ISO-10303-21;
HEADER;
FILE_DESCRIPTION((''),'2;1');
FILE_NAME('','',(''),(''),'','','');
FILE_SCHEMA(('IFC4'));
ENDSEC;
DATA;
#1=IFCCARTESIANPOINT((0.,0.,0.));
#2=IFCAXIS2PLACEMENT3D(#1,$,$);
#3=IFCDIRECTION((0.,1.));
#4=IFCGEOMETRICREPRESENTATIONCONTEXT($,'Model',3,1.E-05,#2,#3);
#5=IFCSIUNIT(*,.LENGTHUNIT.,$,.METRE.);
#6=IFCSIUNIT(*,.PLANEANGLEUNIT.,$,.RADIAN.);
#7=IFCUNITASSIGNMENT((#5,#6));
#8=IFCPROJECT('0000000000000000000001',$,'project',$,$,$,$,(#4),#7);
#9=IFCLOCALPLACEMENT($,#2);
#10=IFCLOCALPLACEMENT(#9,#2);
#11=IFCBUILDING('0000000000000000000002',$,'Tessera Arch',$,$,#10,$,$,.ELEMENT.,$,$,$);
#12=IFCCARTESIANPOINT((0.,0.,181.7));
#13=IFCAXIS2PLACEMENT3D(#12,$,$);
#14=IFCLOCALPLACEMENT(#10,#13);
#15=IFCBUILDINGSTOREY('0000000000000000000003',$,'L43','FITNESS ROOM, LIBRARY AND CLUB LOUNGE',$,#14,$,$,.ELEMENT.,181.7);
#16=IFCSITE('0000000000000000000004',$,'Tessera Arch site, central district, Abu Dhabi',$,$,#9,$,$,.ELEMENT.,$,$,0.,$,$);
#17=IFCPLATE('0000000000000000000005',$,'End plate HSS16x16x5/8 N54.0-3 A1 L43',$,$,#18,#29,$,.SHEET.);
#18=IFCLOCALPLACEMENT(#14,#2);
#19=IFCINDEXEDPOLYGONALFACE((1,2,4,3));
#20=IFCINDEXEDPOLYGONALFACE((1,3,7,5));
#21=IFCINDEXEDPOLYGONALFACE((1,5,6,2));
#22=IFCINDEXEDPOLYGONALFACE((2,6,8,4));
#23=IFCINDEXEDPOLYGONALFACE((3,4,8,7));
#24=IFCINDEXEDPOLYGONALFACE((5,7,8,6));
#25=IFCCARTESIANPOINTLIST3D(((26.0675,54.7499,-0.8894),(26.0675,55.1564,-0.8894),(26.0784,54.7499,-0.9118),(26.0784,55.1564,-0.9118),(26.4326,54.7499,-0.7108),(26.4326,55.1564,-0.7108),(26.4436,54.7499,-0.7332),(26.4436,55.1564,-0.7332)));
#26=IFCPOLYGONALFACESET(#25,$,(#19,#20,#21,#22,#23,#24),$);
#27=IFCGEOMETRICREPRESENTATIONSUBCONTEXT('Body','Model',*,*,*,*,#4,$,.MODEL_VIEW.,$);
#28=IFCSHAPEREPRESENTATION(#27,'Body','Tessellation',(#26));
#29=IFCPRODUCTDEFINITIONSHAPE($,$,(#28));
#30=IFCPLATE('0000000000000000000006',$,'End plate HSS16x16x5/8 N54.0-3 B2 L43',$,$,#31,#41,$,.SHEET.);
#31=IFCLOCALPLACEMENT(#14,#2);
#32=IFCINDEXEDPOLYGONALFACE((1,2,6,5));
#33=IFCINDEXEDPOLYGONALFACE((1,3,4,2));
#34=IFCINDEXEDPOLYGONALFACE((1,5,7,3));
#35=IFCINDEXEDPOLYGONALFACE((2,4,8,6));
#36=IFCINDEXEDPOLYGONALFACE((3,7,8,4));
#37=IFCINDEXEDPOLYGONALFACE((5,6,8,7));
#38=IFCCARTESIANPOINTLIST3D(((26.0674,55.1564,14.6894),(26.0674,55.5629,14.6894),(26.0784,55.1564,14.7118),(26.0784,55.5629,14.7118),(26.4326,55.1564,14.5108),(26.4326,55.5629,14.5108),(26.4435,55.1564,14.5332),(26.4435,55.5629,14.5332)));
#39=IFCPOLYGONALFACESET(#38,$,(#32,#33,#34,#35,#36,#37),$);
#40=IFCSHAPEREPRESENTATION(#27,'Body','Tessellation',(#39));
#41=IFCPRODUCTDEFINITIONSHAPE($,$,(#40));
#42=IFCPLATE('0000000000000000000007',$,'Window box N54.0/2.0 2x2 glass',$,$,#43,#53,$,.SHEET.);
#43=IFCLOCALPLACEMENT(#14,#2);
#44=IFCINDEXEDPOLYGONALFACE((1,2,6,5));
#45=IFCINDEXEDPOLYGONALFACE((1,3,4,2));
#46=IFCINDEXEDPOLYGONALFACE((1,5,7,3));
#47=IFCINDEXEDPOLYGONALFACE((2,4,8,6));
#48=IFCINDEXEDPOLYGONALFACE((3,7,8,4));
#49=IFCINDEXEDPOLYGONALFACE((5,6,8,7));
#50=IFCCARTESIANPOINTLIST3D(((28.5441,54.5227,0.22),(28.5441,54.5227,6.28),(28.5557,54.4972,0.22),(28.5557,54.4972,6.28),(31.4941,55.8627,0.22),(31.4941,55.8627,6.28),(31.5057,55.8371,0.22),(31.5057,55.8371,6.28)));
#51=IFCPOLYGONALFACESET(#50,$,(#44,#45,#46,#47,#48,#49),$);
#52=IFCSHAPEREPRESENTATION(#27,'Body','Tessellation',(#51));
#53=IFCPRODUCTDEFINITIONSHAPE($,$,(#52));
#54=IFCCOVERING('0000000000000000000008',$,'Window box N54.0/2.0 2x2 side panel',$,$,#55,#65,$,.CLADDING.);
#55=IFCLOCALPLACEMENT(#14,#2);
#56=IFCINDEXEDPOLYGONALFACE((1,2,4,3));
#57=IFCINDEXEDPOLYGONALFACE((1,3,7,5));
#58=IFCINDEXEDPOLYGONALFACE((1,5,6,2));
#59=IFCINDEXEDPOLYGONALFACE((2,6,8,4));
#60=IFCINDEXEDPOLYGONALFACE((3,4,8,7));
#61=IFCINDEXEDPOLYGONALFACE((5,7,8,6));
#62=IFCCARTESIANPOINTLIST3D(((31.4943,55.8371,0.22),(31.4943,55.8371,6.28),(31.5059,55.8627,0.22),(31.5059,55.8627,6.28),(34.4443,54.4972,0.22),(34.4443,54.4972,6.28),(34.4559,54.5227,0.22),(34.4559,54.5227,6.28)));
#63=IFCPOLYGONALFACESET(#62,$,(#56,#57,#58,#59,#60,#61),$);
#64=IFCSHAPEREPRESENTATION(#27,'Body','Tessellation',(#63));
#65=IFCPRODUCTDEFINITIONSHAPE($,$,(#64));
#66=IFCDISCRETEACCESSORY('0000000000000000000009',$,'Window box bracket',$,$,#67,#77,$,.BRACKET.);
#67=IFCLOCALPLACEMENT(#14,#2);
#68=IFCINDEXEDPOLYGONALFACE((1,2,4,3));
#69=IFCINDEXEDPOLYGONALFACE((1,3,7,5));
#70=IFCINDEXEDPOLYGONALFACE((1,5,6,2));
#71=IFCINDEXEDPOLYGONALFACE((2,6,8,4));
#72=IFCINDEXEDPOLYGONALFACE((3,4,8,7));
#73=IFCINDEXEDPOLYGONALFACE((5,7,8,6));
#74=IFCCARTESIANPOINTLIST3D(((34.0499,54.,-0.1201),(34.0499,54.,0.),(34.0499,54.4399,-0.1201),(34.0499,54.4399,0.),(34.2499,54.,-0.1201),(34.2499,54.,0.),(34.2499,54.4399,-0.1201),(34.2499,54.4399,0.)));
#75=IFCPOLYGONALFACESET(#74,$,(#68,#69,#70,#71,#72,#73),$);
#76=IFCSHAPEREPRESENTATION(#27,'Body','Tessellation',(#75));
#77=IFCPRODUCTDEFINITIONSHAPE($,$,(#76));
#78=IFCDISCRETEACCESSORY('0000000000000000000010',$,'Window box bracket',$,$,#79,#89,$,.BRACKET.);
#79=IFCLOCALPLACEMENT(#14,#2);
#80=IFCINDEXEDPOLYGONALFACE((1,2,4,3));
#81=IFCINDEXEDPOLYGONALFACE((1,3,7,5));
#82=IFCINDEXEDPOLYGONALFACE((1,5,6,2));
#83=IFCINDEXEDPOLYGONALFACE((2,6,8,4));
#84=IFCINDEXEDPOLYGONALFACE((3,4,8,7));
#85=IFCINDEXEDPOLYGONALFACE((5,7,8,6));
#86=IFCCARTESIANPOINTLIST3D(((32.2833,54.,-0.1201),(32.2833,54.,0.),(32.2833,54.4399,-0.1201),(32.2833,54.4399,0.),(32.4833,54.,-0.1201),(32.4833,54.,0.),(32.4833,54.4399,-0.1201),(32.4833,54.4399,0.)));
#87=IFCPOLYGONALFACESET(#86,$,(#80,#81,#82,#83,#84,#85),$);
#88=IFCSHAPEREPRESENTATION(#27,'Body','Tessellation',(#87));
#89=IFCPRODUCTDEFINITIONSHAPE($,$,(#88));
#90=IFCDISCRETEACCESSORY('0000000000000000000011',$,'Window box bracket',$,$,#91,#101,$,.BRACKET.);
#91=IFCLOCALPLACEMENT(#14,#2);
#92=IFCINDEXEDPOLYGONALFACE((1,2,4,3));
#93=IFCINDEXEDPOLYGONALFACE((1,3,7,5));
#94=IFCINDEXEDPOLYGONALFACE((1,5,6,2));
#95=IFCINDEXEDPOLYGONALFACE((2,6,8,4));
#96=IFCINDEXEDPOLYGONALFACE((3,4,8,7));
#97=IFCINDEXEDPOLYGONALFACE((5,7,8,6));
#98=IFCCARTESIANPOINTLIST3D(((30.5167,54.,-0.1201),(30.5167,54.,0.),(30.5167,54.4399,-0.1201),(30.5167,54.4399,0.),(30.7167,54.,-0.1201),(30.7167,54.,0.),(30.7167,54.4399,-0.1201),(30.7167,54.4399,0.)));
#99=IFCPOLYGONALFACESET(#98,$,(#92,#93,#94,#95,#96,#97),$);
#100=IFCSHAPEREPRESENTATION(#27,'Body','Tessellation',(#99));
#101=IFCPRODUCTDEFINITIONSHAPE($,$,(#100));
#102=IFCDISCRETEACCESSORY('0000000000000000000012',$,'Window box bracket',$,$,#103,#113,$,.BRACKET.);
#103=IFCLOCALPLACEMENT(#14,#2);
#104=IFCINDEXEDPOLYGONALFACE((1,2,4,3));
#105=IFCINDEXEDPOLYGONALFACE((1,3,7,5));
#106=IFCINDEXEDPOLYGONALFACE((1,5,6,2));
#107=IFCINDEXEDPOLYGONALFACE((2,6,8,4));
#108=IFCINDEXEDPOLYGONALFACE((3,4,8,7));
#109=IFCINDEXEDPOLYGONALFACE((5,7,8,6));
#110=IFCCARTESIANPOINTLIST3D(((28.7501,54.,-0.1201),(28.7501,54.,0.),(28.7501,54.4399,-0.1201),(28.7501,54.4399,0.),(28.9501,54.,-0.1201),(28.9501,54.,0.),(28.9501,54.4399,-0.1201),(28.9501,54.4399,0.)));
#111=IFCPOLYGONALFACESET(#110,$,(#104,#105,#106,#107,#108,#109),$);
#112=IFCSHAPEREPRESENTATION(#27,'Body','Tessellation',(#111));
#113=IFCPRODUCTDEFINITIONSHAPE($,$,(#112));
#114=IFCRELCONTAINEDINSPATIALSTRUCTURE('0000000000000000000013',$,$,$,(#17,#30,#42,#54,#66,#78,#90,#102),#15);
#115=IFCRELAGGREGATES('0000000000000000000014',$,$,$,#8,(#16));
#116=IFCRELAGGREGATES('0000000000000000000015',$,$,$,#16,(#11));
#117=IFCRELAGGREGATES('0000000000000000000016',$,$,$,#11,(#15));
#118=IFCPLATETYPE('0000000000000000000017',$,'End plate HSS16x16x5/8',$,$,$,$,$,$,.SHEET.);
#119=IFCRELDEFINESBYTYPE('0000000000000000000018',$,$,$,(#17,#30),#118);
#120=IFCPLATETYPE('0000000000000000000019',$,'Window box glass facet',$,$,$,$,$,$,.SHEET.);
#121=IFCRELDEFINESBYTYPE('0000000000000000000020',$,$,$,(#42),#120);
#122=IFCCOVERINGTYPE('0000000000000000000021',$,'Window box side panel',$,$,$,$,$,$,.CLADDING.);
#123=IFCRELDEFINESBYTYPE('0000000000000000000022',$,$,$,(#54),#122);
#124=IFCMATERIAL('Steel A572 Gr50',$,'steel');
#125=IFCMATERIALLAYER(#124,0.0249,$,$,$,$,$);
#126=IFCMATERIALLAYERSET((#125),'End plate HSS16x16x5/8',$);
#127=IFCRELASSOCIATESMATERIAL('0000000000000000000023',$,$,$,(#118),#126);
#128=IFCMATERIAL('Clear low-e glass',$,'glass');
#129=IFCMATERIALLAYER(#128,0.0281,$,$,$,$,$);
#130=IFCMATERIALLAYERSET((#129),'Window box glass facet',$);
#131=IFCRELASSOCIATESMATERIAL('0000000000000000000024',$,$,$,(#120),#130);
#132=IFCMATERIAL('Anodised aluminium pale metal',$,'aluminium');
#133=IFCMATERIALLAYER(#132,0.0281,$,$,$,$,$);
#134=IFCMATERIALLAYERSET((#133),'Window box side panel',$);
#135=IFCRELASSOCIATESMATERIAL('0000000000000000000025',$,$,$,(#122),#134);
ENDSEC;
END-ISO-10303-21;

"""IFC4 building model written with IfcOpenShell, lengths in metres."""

from ifc_helpers import new_model, si_unit, direction, frame, origin, origin_2d, place, context, subcontext, project, spatial, rectangle, extrude, material, layer, layer_set, type_object, element, save


model = new_model("IFC4")

# Units and contexts
model_context = context("Model", 3, precision=1e-05, world=origin(), true_north=direction((0.0, 1.0)))
body_context = subcontext(model_context, "Body", "Model", "MODEL_VIEW")
ifc_project = project(units=[si_unit("LENGTHUNIT", "METRE"), si_unit("PLANEANGLEUNIT", "RADIAN")], contexts=[model_context])

# Site, building, storey
site_placement = place(None, origin())
site = spatial("IfcSite", under=ifc_project, at=site_placement, Name="Tessera Arch site, central district, Abu Dhabi", CompositionType="ELEMENT", RefElevation=0.0)
building_placement = place(site_placement, origin())
building = spatial("IfcBuilding", under=site, at=building_placement, Name="Tessera Arch", CompositionType="ELEMENT")
storey_placement = place(building_placement, frame((0.0, 0.0, 181.7)))
storey = spatial("IfcBuildingStorey", under=building, at=storey_placement, Name="L43", Description="FITNESS ROOM, LIBRARY AND CLUB LOUNGE", CompositionType="ELEMENT", Elevation=181.7)

# Plates
ifc_material_1 = material(Name="Steel A572 Gr50", Category="steel")
ifc_layer_1 = layer(ifc_material_1, 0.0249)
ifc_layer_set_1 = layer_set([ifc_layer_1], Name="End plate HSS16x16x5/8")
plate_type_1 = type_object("IfcPlateType", Name="End plate HSS16x16x5/8", PredefinedType="SHEET", material=ifc_layer_set_1)
for number, where, z_axis, x_axis, name in (
    (1, (26.261, 54.9531, -0.8225), (-0.439385, 0.0, 0.898299), (0.0, -1.0, 0.0), "End plate HSS16x16x5/8 N54.0-3 A1 L43"),
    (2, (26.25, 55.3596, 14.6001), (0.439385, 0.0, 0.898299), (0.0, 1.0, 0.0), "End plate HSS16x16x5/8 N54.0-3 B2 L43"),
):
    element("IfcPlate", number, at=place(storey_placement, frame(where, z_axis=z_axis, x_axis=x_axis)), inside=storey, type_object=plate_type_1, Name=name, PredefinedType="SHEET", context=body_context, shape_type="SweptSolid", body=[
        extrude(rectangle(XDim=0.4065, YDim=0.4065, at=origin_2d()), origin(), (0.0, 0.0, 1.0), 0.0249),
    ])
ifc_material_2 = material(Name="Clear low-e glass", Category="glass")
ifc_layer_2 = layer(ifc_material_2, 0.0281)
ifc_layer_set_2 = layer_set([ifc_layer_2], Name="Window box glass facet")
plate_type_2 = type_object("IfcPlateType", Name="Window box glass facet", PredefinedType="SHEET", material=ifc_layer_set_2)
plate_1_placement = place(storey_placement, frame((30.0249, 55.1799, 0.22), z_axis=(0.0, 0.0, 1.0), x_axis=(0.910472, 0.41357, 0.0)))
element("IfcPlate", 3, at=plate_1_placement, inside=storey, type_object=plate_type_2, Name="Window box N54.0/2.0 2x2 glass", PredefinedType="SHEET", context=body_context, shape_type="SweptSolid", body=[
    extrude(rectangle(XDim=3.24, YDim=0.0281, at=origin_2d()), origin(), (0.0, 0.0, 1.0), 6.0601),
])

# Covering
ifc_material_3 = material(Name="Anodised aluminium pale metal", Category="aluminium")
ifc_layer_3 = layer(ifc_material_3, 0.0281)
ifc_layer_set_3 = layer_set([ifc_layer_3], Name="Window box side panel")
covering_type = type_object("IfcCoveringType", Name="Window box side panel", PredefinedType="CLADDING", material=ifc_layer_set_3)
covering_placement = place(storey_placement, frame((32.9751, 55.1799, 0.22), z_axis=(0.0, 0.0, 1.0), x_axis=(-0.910472, 0.41357, 0.0)))
element("IfcCovering", 4, at=covering_placement, inside=storey, type_object=covering_type, Name="Window box N54.0/2.0 2x2 side panel", PredefinedType="CLADDING", context=body_context, shape_type="SweptSolid", body=[
    extrude(rectangle(XDim=3.24, YDim=0.0281, at=origin_2d()), origin(), (0.0, 0.0, 1.0), 6.0601),
])

# Discrete accessories
for number, where, z_axis, x_axis, name in (
    (5, (34.1499, 54.22, -0.1201), (0.0, 0.0, 1.0), (0.0, 1.0, 0.0), "Window box bracket"),
    (6, (32.3833, 54.22, -0.1201), (0.0, 0.0, 1.0), (0.0, 1.0, 0.0), "Window box bracket"),
    (7, (30.6167, 54.22, -0.1201), (0.0, 0.0, 1.0), (0.0, 1.0, 0.0), "Window box bracket"),
    (8, (28.8501, 54.22, -0.1201), (0.0, 0.0, 1.0), (0.0, 1.0, 0.0), "Window box bracket"),
):
    element("IfcDiscreteAccessory", number, at=place(storey_placement, frame(where, z_axis=z_axis, x_axis=x_axis)), inside=storey, Name=name, PredefinedType="BRACKET", context=body_context, shape_type="SweptSolid", body=[
        extrude(rectangle(XDim=0.4399, YDim=0.2, at=origin_2d()), origin(), (0.0, 0.0, 1.0), 0.1201),
    ])

save(model, "model.ifc")
